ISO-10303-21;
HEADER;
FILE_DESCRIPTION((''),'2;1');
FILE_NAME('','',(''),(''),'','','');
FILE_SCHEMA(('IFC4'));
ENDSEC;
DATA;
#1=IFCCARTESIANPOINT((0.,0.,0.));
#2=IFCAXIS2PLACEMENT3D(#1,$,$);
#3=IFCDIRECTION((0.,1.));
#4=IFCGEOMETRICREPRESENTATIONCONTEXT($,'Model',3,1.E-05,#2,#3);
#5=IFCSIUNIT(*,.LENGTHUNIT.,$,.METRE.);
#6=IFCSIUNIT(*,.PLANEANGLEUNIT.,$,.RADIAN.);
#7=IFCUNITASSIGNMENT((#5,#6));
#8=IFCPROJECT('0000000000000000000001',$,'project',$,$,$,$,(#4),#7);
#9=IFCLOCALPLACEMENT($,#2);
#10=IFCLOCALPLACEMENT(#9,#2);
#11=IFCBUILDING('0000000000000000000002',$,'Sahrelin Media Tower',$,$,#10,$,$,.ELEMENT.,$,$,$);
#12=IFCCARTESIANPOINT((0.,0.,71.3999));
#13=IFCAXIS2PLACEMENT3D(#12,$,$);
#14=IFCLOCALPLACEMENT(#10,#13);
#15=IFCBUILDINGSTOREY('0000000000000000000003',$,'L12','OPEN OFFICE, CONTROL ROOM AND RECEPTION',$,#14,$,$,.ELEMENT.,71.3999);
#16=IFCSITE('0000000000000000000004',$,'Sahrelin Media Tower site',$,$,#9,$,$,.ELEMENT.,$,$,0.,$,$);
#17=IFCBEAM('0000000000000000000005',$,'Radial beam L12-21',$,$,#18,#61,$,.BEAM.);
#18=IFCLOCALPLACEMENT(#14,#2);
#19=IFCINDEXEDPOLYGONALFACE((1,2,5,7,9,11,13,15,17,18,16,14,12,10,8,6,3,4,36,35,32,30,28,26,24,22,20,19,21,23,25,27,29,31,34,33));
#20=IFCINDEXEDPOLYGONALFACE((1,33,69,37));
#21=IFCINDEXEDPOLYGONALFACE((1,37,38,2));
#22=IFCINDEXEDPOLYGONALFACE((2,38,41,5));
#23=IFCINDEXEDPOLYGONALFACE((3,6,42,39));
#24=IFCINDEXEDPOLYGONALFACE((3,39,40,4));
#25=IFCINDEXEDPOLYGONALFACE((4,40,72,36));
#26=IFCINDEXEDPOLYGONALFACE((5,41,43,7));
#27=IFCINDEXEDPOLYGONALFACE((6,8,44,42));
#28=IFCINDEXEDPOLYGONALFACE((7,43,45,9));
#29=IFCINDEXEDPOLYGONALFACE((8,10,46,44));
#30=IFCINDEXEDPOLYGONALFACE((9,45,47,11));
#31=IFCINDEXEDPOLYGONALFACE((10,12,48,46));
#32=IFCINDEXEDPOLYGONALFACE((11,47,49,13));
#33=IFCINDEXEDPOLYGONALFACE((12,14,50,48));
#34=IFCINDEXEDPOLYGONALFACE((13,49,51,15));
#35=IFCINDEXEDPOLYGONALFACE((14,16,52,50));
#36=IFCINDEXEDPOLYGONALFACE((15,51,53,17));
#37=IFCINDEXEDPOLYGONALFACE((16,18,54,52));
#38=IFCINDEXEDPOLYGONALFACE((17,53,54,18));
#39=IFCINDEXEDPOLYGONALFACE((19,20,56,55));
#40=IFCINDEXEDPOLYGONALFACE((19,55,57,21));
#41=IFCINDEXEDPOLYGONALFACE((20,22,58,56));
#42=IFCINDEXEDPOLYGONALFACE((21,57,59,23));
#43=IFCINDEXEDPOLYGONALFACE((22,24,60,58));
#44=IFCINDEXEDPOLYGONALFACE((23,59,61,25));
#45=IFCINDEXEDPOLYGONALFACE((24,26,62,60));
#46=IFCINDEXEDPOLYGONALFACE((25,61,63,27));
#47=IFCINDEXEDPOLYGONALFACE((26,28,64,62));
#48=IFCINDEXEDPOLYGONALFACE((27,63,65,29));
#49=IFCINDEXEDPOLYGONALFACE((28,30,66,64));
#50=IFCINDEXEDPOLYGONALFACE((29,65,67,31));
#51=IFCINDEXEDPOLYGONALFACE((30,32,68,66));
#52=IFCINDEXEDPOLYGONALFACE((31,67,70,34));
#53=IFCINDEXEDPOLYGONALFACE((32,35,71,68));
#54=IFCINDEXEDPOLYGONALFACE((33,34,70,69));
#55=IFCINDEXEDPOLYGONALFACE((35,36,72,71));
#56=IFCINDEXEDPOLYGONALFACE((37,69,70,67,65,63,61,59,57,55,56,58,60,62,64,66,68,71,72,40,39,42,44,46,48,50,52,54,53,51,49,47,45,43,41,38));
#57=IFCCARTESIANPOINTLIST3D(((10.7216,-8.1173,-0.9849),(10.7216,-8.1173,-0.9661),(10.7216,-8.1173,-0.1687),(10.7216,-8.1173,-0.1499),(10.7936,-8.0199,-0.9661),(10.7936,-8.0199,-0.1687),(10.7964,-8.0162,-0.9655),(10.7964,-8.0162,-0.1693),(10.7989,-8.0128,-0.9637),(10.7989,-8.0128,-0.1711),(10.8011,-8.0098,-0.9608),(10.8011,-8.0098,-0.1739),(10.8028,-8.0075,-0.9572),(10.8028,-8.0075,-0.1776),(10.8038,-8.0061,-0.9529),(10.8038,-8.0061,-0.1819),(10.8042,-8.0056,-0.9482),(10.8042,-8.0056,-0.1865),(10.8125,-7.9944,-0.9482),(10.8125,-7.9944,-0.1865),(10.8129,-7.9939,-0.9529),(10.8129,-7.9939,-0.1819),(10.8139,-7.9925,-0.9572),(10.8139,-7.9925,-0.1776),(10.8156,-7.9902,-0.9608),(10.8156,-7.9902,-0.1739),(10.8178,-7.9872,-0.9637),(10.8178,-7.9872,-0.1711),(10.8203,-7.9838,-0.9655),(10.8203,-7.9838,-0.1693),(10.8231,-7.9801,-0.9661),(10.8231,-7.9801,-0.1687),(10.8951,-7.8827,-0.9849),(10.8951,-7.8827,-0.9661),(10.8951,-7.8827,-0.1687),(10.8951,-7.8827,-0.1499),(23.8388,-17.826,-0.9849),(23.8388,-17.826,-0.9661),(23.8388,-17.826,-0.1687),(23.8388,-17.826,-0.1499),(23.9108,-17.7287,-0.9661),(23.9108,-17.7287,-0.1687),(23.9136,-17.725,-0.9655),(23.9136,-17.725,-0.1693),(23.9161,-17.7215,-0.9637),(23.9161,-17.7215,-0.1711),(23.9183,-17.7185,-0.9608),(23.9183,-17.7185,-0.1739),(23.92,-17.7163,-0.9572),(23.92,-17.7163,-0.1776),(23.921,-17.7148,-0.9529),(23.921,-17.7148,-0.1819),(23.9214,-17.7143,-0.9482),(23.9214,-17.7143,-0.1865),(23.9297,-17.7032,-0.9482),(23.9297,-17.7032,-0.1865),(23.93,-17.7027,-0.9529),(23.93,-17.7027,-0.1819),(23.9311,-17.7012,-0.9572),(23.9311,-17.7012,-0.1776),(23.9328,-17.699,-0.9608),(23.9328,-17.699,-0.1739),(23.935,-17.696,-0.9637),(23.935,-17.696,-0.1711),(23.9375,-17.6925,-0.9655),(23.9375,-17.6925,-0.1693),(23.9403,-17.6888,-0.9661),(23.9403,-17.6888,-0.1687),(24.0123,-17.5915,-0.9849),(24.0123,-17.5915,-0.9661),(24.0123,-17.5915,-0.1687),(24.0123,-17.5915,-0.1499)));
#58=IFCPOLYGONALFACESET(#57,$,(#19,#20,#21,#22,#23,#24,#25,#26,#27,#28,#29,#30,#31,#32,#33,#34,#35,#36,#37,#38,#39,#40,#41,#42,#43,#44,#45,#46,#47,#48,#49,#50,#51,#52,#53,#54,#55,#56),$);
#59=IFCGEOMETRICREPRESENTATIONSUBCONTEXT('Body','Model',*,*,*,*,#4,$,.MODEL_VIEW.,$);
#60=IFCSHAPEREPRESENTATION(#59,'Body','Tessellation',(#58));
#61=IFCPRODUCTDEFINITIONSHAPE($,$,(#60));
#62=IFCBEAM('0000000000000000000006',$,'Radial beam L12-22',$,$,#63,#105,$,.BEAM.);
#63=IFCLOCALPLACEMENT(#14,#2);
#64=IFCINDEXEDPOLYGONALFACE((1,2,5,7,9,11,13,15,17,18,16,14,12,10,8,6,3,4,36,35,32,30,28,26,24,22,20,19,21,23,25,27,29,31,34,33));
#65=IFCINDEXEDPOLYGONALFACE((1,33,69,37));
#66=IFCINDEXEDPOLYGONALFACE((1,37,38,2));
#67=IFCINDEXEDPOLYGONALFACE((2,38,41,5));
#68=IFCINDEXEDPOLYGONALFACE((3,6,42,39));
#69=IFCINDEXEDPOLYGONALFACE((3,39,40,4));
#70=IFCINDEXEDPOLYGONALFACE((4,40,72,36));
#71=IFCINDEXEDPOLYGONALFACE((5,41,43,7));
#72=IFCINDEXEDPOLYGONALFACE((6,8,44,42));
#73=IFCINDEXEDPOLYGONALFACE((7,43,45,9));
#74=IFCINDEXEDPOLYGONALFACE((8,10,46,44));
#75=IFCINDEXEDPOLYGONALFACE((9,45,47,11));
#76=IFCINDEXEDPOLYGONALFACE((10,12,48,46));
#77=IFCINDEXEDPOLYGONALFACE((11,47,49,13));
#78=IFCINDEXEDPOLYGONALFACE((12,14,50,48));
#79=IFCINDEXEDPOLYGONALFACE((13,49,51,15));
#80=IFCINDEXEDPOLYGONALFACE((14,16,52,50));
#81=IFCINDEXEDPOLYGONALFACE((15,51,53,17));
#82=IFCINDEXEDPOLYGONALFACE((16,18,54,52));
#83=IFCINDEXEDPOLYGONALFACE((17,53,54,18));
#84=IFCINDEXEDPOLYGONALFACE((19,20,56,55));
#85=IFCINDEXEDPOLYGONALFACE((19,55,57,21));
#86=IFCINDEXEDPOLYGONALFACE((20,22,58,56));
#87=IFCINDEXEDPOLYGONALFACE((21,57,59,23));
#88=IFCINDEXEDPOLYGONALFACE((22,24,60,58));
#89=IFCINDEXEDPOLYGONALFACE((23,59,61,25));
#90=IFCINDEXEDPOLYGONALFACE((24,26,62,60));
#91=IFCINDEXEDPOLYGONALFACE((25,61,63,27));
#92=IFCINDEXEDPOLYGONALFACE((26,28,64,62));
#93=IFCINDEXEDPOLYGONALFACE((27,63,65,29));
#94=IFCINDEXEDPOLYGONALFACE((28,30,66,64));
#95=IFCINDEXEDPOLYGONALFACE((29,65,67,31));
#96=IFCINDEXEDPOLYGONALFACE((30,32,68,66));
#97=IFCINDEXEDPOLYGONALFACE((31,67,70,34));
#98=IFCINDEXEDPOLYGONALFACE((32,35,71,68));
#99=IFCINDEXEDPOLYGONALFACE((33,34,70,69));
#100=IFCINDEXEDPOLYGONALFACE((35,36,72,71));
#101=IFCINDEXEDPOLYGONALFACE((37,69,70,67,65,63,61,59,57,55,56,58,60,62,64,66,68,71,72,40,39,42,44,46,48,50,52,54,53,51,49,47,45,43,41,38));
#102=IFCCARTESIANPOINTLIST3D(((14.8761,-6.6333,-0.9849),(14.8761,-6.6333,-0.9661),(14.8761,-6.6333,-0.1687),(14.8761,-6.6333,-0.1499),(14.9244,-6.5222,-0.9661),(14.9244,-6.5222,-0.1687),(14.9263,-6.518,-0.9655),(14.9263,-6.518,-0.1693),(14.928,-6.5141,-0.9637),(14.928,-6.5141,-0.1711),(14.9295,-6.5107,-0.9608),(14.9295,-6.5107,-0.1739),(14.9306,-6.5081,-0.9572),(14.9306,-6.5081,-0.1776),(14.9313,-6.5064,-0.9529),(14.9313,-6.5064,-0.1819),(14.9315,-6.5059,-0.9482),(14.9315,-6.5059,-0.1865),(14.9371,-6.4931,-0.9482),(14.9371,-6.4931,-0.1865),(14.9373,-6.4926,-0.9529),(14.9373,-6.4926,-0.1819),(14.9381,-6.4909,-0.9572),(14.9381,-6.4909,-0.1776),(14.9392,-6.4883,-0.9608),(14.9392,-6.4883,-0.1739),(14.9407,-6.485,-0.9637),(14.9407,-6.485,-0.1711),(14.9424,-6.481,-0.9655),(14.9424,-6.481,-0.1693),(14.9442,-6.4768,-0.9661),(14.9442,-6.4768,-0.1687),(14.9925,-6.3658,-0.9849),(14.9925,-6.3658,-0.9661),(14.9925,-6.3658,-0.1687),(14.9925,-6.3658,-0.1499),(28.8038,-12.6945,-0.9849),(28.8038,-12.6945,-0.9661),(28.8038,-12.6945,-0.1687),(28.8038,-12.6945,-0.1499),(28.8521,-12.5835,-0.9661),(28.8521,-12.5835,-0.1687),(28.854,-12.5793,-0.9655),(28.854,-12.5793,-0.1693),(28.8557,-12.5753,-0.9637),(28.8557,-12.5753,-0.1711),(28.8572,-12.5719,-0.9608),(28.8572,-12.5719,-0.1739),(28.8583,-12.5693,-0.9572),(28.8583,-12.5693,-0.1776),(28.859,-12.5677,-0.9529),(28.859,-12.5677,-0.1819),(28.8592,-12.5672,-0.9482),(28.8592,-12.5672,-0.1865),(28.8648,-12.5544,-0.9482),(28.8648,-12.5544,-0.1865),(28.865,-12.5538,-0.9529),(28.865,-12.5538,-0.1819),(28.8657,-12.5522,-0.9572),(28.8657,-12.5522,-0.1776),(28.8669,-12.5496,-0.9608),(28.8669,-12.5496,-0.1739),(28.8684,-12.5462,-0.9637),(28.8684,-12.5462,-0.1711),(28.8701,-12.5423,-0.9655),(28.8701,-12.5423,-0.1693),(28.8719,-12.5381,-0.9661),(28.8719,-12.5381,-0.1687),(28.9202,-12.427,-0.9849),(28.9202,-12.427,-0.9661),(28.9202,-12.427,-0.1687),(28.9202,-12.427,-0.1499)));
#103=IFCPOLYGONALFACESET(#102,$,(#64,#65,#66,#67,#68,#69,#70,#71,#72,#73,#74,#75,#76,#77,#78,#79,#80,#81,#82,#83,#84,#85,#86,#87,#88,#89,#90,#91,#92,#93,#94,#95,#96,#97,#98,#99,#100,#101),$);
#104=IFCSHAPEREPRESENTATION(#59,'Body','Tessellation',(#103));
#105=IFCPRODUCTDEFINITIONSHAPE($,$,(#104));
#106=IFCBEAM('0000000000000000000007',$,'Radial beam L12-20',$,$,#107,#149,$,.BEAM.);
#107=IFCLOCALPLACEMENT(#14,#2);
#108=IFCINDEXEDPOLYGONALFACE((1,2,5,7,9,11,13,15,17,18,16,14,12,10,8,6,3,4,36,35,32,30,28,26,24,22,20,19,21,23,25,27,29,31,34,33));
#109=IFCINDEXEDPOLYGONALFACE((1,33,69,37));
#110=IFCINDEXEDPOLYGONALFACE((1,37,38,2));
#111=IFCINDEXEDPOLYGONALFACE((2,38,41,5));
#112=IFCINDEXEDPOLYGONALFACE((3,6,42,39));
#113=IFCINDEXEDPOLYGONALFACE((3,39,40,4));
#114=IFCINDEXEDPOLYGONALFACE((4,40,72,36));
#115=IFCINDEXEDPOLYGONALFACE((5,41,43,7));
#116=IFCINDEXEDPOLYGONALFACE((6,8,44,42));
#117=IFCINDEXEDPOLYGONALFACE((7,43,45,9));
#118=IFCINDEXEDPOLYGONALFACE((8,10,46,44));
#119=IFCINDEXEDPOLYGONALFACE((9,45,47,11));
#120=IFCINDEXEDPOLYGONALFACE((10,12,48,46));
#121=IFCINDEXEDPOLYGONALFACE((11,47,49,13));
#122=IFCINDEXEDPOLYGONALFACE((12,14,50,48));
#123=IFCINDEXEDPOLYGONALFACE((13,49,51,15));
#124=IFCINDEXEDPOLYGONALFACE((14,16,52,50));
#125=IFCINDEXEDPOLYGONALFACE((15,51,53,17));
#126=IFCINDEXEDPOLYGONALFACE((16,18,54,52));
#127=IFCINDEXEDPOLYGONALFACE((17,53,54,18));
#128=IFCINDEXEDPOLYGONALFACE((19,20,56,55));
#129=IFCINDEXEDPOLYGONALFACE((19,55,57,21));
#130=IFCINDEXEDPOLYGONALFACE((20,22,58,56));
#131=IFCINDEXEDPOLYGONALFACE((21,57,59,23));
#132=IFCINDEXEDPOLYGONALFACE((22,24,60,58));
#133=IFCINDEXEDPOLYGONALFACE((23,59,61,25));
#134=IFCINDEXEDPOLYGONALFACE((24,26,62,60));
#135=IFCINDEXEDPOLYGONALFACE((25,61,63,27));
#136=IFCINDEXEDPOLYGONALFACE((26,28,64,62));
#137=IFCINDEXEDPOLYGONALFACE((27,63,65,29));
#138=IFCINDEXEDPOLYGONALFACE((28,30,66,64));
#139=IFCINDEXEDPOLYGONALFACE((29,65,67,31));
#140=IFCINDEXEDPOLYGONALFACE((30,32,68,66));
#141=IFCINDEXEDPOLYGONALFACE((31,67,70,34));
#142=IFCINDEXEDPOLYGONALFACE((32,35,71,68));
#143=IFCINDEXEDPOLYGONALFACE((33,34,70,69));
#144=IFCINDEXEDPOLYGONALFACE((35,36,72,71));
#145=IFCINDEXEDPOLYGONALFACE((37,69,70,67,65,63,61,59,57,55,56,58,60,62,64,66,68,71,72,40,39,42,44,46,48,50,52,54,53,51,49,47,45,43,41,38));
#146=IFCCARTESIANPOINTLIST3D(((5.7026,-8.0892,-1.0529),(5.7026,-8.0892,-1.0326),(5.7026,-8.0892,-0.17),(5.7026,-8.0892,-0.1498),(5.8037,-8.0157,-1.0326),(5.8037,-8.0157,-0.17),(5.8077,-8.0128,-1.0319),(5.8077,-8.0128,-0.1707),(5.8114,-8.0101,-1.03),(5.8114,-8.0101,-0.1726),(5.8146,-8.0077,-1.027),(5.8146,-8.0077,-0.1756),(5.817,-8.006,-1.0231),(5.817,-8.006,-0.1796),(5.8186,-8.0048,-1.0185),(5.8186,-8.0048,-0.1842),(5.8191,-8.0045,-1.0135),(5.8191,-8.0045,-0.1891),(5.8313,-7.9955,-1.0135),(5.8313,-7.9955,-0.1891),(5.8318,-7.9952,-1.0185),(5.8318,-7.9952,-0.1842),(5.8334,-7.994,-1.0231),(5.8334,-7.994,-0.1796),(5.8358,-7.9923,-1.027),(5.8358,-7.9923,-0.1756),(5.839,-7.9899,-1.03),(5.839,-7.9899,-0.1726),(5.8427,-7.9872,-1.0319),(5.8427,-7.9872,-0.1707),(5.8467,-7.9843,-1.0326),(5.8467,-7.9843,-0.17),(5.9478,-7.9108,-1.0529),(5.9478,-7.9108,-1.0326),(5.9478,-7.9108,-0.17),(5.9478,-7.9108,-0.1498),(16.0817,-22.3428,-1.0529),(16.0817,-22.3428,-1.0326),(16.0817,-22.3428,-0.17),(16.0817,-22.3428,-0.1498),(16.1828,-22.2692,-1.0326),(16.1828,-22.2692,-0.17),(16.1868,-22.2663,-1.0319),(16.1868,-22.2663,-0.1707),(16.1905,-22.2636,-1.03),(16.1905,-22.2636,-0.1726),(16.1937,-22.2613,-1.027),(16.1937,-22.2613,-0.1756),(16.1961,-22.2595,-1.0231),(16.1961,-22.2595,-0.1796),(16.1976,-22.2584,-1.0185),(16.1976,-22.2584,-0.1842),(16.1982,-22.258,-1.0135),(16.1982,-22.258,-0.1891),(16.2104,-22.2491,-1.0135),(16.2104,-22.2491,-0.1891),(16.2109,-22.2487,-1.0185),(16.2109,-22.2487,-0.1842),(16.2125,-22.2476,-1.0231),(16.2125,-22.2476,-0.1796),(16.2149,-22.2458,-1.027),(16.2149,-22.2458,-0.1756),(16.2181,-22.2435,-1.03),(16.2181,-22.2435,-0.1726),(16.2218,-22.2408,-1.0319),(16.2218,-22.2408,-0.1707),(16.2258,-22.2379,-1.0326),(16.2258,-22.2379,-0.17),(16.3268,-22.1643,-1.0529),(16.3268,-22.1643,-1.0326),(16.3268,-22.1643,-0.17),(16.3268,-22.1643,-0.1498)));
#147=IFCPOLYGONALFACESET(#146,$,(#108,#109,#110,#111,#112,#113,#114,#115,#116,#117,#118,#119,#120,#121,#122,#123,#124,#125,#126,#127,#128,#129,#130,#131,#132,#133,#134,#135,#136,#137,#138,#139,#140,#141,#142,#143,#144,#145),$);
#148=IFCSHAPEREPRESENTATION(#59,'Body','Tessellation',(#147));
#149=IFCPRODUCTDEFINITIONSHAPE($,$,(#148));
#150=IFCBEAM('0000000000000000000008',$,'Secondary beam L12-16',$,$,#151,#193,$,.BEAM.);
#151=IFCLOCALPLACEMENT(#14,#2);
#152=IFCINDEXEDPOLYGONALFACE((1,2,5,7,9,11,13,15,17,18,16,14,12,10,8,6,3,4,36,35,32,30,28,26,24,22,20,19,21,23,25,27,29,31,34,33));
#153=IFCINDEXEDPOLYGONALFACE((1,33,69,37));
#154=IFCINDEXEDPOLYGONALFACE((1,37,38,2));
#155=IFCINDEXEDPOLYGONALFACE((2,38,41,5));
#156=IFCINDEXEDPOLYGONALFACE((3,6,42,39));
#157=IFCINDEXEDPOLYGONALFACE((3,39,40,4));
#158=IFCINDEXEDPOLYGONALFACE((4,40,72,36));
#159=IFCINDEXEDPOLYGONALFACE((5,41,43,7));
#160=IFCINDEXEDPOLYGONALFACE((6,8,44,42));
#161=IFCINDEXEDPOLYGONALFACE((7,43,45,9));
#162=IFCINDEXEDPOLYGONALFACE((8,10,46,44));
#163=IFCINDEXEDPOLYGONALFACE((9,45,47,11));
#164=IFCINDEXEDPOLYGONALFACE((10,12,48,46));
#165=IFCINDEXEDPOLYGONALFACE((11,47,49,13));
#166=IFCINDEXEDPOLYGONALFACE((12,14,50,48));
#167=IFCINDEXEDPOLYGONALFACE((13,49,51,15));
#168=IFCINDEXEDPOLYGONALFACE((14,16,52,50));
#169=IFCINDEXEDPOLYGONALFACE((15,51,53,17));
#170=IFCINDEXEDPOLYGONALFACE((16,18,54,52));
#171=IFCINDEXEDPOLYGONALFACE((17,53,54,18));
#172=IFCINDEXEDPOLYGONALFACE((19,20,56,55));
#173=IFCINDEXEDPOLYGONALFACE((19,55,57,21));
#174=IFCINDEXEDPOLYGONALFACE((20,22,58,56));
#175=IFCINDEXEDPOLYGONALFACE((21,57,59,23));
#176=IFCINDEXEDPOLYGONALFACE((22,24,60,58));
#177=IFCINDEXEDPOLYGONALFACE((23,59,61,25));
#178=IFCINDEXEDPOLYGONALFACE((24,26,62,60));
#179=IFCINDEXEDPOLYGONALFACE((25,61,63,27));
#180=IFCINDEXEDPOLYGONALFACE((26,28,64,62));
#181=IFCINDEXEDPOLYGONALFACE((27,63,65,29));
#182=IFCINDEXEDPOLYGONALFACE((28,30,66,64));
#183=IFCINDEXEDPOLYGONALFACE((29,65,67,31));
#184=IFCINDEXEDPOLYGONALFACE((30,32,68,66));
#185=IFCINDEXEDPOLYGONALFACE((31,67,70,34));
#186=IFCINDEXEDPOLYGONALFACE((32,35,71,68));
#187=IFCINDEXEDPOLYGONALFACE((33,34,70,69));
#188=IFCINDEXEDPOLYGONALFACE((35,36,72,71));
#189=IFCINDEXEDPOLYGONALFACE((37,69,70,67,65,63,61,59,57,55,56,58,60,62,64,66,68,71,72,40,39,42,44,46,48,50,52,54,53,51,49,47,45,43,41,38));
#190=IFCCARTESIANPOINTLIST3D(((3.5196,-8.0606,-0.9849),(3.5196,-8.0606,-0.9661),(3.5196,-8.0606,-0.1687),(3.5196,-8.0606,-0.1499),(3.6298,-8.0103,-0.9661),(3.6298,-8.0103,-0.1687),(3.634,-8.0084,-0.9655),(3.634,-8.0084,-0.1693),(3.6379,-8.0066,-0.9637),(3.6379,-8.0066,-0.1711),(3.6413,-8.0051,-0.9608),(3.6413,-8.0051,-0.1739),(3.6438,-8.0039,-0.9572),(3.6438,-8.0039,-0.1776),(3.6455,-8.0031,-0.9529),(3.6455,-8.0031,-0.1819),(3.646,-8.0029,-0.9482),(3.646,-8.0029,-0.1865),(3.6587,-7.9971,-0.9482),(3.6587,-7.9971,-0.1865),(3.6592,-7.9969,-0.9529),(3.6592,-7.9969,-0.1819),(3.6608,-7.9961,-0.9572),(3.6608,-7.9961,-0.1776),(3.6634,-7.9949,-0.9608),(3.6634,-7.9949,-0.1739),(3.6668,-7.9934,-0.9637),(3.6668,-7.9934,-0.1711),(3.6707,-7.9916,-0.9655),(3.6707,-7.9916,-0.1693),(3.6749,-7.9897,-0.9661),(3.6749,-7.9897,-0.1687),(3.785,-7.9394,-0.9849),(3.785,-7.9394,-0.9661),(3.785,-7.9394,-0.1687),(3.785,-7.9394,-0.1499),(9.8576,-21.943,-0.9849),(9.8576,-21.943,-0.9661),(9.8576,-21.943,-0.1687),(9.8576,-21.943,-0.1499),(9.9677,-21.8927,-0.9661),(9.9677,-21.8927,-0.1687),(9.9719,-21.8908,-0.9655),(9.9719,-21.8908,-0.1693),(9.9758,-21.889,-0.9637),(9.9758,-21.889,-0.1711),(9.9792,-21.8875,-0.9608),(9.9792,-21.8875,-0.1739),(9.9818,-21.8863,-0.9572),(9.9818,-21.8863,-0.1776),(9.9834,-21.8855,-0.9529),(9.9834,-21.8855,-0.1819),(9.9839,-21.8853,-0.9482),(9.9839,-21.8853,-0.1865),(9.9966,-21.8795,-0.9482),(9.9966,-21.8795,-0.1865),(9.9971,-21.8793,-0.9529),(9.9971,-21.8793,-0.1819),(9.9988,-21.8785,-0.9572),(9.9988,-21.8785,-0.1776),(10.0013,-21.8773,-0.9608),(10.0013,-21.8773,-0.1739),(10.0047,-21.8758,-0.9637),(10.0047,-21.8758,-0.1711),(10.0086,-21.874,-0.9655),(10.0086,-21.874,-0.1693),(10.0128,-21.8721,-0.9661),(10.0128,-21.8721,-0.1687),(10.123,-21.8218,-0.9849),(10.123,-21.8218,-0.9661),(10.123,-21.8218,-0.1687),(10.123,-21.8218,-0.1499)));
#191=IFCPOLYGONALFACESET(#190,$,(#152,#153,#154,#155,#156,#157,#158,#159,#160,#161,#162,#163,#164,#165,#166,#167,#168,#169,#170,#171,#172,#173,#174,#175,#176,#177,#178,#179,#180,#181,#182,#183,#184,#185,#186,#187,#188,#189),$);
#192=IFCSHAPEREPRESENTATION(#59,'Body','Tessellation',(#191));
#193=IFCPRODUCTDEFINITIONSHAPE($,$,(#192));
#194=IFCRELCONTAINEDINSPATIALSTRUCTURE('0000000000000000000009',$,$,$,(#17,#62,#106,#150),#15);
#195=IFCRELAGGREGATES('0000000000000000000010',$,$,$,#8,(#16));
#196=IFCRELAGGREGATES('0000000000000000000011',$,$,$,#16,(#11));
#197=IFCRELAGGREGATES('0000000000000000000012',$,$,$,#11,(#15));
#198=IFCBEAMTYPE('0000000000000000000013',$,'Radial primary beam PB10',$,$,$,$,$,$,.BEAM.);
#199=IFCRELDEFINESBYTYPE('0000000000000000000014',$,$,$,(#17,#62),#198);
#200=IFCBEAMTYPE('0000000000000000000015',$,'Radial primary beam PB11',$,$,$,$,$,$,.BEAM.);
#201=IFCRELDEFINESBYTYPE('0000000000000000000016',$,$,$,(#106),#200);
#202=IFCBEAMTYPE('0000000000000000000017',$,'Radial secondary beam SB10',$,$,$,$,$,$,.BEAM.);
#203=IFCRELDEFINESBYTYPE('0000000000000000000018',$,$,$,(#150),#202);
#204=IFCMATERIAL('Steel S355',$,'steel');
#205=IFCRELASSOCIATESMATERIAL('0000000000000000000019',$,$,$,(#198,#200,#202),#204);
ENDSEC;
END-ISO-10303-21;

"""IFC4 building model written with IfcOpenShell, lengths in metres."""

from ifc_helpers import new_model, si_unit, direction, frame, origin, origin_2d, place, context, subcontext, project, spatial, i_section, extrude, material, material_profile, profile_set, type_object, element, save


model = new_model("IFC4")

# Units and contexts
model_context = context("Model", 3, precision=1e-05, world=origin(), true_north=direction((0.0, 1.0)))
body_context = subcontext(model_context, "Body", "Model", "MODEL_VIEW")
ifc_project = project(units=[si_unit("LENGTHUNIT", "METRE"), si_unit("PLANEANGLEUNIT", "RADIAN")], contexts=[model_context])

# Site, building, storey
site_placement = place(None, origin())
site = spatial("IfcSite", under=ifc_project, at=site_placement, Name="Sahrelin Media Tower site", CompositionType="ELEMENT", RefElevation=0.0)
building_placement = place(site_placement, origin())
building = spatial("IfcBuilding", under=site, at=building_placement, Name="Sahrelin Media Tower", CompositionType="ELEMENT")
storey_placement = place(building_placement, frame((0.0, 0.0, 71.3999)))
storey = spatial("IfcBuildingStorey", under=building, at=storey_placement, Name="L12", Description="OPEN OFFICE, CONTROL ROOM AND RECEPTION", CompositionType="ELEMENT", Elevation=71.3999)

# Beams
ifc_material_1 = material(Name="Steel S355", Category="steel")
ifc_material_profile_1 = material_profile(ifc_material_1, i_section(OverallWidth=0.2917, OverallDepth=0.835, WebThickness=0.0139, FlangeThickness=0.0188, FilletRadius=0.0178, at=origin_2d()), Name="UB 838x292x176")
ifc_profile_set_1 = profile_set([ifc_material_profile_1], Name="Steel S355")
beam_type_1 = type_object("IfcBeamType", Name="Radial primary beam PB10", PredefinedType="BEAM", material=ifc_profile_set_1)
beam_1_placement = place(storey_placement, frame((10.8083, -8.0, -0.5674), z_axis=(0.803783, -0.594923, 0.0), x_axis=(0.594923, 0.803783, 0.0)))
element("IfcBeam", 1, at=beam_1_placement, inside=storey, type_object=beam_type_1, Name="Radial beam L12-21", PredefinedType="BEAM", context=body_context, shape_type="SweptSolid", body=[
    extrude(i_section(OverallWidth=0.2917, OverallDepth=0.835, WebThickness=0.0139, FlangeThickness=0.0188, FilletRadius=0.0178, at=origin_2d()), origin(), (0.0, 0.0, 1.0), 16.3193),
])
beam_2_placement = place(storey_placement, frame((14.9343, -6.4995, -0.5674), z_axis=(0.916932, -0.399044, 0.0), x_axis=(0.399044, 0.916932, 0.0)))
element("IfcBeam", 2, at=beam_2_placement, inside=storey, type_object=beam_type_1, Name="Radial beam L12-22", PredefinedType="BEAM", context=body_context, shape_type="SweptSolid", body=[
    extrude(i_section(OverallWidth=0.2917, OverallDepth=0.835, WebThickness=0.0139, FlangeThickness=0.0188, FilletRadius=0.0178, at=origin_2d()), origin(), (0.0, 0.0, 1.0), 15.1895),
])
ifc_material_profile_2 = material_profile(ifc_material_1, i_section(OverallWidth=0.3032, OverallDepth=0.9031, WebThickness=0.0151, FlangeThickness=0.0203, FilletRadius=0.019, at=origin_2d()), Name="UB 914x305x201")
ifc_profile_set_2 = profile_set([ifc_material_profile_2], Name="Steel S355")
beam_type_2 = type_object("IfcBeamType", Name="Radial primary beam PB11", PredefinedType="BEAM", material=ifc_profile_set_2)
beam_3_placement = place(storey_placement, frame((5.8252, -8.0, -0.6013), z_axis=(0.588648, -0.808389, 0.0), x_axis=(0.808389, 0.588648, 0.0)))
element("IfcBeam", 3, at=beam_3_placement, inside=storey, type_object=beam_type_2, Name="Radial beam L12-20", PredefinedType="BEAM", context=body_context, shape_type="SweptSolid", body=[
    extrude(i_section(OverallWidth=0.3032, OverallDepth=0.9031, WebThickness=0.0151, FlangeThickness=0.0203, FilletRadius=0.019, at=origin_2d()), origin(), (0.0, 0.0, 1.0), 17.6321),
])
ifc_material_profile_3 = material_profile(ifc_material_1, i_section(OverallWidth=0.2917, OverallDepth=0.835, WebThickness=0.0139, FlangeThickness=0.0188, FilletRadius=0.0178, at=origin_2d()), Name="UB 838x292x176")
ifc_profile_set_3 = profile_set([ifc_material_profile_3], Name="Steel S355")
beam_type_3 = type_object("IfcBeamType", Name="Radial secondary beam SB10", PredefinedType="BEAM", material=ifc_profile_set_3)
beam_4_placement = place(storey_placement, frame((3.6523, -8.0, -0.5674), z_axis=(0.415309, -0.90968, 0.0), x_axis=(0.90968, 0.415309, 0.0)))
element("IfcBeam", 4, at=beam_4_placement, inside=storey, type_object=beam_type_3, Name="Secondary beam L12-16", PredefinedType="BEAM", context=body_context, shape_type="SweptSolid", body=[
    extrude(i_section(OverallWidth=0.2917, OverallDepth=0.835, WebThickness=0.0139, FlangeThickness=0.0188, FilletRadius=0.0178, at=origin_2d()), origin(), (0.0, 0.0, 1.0), 15.2607),
])

save(model, "model.ifc")
